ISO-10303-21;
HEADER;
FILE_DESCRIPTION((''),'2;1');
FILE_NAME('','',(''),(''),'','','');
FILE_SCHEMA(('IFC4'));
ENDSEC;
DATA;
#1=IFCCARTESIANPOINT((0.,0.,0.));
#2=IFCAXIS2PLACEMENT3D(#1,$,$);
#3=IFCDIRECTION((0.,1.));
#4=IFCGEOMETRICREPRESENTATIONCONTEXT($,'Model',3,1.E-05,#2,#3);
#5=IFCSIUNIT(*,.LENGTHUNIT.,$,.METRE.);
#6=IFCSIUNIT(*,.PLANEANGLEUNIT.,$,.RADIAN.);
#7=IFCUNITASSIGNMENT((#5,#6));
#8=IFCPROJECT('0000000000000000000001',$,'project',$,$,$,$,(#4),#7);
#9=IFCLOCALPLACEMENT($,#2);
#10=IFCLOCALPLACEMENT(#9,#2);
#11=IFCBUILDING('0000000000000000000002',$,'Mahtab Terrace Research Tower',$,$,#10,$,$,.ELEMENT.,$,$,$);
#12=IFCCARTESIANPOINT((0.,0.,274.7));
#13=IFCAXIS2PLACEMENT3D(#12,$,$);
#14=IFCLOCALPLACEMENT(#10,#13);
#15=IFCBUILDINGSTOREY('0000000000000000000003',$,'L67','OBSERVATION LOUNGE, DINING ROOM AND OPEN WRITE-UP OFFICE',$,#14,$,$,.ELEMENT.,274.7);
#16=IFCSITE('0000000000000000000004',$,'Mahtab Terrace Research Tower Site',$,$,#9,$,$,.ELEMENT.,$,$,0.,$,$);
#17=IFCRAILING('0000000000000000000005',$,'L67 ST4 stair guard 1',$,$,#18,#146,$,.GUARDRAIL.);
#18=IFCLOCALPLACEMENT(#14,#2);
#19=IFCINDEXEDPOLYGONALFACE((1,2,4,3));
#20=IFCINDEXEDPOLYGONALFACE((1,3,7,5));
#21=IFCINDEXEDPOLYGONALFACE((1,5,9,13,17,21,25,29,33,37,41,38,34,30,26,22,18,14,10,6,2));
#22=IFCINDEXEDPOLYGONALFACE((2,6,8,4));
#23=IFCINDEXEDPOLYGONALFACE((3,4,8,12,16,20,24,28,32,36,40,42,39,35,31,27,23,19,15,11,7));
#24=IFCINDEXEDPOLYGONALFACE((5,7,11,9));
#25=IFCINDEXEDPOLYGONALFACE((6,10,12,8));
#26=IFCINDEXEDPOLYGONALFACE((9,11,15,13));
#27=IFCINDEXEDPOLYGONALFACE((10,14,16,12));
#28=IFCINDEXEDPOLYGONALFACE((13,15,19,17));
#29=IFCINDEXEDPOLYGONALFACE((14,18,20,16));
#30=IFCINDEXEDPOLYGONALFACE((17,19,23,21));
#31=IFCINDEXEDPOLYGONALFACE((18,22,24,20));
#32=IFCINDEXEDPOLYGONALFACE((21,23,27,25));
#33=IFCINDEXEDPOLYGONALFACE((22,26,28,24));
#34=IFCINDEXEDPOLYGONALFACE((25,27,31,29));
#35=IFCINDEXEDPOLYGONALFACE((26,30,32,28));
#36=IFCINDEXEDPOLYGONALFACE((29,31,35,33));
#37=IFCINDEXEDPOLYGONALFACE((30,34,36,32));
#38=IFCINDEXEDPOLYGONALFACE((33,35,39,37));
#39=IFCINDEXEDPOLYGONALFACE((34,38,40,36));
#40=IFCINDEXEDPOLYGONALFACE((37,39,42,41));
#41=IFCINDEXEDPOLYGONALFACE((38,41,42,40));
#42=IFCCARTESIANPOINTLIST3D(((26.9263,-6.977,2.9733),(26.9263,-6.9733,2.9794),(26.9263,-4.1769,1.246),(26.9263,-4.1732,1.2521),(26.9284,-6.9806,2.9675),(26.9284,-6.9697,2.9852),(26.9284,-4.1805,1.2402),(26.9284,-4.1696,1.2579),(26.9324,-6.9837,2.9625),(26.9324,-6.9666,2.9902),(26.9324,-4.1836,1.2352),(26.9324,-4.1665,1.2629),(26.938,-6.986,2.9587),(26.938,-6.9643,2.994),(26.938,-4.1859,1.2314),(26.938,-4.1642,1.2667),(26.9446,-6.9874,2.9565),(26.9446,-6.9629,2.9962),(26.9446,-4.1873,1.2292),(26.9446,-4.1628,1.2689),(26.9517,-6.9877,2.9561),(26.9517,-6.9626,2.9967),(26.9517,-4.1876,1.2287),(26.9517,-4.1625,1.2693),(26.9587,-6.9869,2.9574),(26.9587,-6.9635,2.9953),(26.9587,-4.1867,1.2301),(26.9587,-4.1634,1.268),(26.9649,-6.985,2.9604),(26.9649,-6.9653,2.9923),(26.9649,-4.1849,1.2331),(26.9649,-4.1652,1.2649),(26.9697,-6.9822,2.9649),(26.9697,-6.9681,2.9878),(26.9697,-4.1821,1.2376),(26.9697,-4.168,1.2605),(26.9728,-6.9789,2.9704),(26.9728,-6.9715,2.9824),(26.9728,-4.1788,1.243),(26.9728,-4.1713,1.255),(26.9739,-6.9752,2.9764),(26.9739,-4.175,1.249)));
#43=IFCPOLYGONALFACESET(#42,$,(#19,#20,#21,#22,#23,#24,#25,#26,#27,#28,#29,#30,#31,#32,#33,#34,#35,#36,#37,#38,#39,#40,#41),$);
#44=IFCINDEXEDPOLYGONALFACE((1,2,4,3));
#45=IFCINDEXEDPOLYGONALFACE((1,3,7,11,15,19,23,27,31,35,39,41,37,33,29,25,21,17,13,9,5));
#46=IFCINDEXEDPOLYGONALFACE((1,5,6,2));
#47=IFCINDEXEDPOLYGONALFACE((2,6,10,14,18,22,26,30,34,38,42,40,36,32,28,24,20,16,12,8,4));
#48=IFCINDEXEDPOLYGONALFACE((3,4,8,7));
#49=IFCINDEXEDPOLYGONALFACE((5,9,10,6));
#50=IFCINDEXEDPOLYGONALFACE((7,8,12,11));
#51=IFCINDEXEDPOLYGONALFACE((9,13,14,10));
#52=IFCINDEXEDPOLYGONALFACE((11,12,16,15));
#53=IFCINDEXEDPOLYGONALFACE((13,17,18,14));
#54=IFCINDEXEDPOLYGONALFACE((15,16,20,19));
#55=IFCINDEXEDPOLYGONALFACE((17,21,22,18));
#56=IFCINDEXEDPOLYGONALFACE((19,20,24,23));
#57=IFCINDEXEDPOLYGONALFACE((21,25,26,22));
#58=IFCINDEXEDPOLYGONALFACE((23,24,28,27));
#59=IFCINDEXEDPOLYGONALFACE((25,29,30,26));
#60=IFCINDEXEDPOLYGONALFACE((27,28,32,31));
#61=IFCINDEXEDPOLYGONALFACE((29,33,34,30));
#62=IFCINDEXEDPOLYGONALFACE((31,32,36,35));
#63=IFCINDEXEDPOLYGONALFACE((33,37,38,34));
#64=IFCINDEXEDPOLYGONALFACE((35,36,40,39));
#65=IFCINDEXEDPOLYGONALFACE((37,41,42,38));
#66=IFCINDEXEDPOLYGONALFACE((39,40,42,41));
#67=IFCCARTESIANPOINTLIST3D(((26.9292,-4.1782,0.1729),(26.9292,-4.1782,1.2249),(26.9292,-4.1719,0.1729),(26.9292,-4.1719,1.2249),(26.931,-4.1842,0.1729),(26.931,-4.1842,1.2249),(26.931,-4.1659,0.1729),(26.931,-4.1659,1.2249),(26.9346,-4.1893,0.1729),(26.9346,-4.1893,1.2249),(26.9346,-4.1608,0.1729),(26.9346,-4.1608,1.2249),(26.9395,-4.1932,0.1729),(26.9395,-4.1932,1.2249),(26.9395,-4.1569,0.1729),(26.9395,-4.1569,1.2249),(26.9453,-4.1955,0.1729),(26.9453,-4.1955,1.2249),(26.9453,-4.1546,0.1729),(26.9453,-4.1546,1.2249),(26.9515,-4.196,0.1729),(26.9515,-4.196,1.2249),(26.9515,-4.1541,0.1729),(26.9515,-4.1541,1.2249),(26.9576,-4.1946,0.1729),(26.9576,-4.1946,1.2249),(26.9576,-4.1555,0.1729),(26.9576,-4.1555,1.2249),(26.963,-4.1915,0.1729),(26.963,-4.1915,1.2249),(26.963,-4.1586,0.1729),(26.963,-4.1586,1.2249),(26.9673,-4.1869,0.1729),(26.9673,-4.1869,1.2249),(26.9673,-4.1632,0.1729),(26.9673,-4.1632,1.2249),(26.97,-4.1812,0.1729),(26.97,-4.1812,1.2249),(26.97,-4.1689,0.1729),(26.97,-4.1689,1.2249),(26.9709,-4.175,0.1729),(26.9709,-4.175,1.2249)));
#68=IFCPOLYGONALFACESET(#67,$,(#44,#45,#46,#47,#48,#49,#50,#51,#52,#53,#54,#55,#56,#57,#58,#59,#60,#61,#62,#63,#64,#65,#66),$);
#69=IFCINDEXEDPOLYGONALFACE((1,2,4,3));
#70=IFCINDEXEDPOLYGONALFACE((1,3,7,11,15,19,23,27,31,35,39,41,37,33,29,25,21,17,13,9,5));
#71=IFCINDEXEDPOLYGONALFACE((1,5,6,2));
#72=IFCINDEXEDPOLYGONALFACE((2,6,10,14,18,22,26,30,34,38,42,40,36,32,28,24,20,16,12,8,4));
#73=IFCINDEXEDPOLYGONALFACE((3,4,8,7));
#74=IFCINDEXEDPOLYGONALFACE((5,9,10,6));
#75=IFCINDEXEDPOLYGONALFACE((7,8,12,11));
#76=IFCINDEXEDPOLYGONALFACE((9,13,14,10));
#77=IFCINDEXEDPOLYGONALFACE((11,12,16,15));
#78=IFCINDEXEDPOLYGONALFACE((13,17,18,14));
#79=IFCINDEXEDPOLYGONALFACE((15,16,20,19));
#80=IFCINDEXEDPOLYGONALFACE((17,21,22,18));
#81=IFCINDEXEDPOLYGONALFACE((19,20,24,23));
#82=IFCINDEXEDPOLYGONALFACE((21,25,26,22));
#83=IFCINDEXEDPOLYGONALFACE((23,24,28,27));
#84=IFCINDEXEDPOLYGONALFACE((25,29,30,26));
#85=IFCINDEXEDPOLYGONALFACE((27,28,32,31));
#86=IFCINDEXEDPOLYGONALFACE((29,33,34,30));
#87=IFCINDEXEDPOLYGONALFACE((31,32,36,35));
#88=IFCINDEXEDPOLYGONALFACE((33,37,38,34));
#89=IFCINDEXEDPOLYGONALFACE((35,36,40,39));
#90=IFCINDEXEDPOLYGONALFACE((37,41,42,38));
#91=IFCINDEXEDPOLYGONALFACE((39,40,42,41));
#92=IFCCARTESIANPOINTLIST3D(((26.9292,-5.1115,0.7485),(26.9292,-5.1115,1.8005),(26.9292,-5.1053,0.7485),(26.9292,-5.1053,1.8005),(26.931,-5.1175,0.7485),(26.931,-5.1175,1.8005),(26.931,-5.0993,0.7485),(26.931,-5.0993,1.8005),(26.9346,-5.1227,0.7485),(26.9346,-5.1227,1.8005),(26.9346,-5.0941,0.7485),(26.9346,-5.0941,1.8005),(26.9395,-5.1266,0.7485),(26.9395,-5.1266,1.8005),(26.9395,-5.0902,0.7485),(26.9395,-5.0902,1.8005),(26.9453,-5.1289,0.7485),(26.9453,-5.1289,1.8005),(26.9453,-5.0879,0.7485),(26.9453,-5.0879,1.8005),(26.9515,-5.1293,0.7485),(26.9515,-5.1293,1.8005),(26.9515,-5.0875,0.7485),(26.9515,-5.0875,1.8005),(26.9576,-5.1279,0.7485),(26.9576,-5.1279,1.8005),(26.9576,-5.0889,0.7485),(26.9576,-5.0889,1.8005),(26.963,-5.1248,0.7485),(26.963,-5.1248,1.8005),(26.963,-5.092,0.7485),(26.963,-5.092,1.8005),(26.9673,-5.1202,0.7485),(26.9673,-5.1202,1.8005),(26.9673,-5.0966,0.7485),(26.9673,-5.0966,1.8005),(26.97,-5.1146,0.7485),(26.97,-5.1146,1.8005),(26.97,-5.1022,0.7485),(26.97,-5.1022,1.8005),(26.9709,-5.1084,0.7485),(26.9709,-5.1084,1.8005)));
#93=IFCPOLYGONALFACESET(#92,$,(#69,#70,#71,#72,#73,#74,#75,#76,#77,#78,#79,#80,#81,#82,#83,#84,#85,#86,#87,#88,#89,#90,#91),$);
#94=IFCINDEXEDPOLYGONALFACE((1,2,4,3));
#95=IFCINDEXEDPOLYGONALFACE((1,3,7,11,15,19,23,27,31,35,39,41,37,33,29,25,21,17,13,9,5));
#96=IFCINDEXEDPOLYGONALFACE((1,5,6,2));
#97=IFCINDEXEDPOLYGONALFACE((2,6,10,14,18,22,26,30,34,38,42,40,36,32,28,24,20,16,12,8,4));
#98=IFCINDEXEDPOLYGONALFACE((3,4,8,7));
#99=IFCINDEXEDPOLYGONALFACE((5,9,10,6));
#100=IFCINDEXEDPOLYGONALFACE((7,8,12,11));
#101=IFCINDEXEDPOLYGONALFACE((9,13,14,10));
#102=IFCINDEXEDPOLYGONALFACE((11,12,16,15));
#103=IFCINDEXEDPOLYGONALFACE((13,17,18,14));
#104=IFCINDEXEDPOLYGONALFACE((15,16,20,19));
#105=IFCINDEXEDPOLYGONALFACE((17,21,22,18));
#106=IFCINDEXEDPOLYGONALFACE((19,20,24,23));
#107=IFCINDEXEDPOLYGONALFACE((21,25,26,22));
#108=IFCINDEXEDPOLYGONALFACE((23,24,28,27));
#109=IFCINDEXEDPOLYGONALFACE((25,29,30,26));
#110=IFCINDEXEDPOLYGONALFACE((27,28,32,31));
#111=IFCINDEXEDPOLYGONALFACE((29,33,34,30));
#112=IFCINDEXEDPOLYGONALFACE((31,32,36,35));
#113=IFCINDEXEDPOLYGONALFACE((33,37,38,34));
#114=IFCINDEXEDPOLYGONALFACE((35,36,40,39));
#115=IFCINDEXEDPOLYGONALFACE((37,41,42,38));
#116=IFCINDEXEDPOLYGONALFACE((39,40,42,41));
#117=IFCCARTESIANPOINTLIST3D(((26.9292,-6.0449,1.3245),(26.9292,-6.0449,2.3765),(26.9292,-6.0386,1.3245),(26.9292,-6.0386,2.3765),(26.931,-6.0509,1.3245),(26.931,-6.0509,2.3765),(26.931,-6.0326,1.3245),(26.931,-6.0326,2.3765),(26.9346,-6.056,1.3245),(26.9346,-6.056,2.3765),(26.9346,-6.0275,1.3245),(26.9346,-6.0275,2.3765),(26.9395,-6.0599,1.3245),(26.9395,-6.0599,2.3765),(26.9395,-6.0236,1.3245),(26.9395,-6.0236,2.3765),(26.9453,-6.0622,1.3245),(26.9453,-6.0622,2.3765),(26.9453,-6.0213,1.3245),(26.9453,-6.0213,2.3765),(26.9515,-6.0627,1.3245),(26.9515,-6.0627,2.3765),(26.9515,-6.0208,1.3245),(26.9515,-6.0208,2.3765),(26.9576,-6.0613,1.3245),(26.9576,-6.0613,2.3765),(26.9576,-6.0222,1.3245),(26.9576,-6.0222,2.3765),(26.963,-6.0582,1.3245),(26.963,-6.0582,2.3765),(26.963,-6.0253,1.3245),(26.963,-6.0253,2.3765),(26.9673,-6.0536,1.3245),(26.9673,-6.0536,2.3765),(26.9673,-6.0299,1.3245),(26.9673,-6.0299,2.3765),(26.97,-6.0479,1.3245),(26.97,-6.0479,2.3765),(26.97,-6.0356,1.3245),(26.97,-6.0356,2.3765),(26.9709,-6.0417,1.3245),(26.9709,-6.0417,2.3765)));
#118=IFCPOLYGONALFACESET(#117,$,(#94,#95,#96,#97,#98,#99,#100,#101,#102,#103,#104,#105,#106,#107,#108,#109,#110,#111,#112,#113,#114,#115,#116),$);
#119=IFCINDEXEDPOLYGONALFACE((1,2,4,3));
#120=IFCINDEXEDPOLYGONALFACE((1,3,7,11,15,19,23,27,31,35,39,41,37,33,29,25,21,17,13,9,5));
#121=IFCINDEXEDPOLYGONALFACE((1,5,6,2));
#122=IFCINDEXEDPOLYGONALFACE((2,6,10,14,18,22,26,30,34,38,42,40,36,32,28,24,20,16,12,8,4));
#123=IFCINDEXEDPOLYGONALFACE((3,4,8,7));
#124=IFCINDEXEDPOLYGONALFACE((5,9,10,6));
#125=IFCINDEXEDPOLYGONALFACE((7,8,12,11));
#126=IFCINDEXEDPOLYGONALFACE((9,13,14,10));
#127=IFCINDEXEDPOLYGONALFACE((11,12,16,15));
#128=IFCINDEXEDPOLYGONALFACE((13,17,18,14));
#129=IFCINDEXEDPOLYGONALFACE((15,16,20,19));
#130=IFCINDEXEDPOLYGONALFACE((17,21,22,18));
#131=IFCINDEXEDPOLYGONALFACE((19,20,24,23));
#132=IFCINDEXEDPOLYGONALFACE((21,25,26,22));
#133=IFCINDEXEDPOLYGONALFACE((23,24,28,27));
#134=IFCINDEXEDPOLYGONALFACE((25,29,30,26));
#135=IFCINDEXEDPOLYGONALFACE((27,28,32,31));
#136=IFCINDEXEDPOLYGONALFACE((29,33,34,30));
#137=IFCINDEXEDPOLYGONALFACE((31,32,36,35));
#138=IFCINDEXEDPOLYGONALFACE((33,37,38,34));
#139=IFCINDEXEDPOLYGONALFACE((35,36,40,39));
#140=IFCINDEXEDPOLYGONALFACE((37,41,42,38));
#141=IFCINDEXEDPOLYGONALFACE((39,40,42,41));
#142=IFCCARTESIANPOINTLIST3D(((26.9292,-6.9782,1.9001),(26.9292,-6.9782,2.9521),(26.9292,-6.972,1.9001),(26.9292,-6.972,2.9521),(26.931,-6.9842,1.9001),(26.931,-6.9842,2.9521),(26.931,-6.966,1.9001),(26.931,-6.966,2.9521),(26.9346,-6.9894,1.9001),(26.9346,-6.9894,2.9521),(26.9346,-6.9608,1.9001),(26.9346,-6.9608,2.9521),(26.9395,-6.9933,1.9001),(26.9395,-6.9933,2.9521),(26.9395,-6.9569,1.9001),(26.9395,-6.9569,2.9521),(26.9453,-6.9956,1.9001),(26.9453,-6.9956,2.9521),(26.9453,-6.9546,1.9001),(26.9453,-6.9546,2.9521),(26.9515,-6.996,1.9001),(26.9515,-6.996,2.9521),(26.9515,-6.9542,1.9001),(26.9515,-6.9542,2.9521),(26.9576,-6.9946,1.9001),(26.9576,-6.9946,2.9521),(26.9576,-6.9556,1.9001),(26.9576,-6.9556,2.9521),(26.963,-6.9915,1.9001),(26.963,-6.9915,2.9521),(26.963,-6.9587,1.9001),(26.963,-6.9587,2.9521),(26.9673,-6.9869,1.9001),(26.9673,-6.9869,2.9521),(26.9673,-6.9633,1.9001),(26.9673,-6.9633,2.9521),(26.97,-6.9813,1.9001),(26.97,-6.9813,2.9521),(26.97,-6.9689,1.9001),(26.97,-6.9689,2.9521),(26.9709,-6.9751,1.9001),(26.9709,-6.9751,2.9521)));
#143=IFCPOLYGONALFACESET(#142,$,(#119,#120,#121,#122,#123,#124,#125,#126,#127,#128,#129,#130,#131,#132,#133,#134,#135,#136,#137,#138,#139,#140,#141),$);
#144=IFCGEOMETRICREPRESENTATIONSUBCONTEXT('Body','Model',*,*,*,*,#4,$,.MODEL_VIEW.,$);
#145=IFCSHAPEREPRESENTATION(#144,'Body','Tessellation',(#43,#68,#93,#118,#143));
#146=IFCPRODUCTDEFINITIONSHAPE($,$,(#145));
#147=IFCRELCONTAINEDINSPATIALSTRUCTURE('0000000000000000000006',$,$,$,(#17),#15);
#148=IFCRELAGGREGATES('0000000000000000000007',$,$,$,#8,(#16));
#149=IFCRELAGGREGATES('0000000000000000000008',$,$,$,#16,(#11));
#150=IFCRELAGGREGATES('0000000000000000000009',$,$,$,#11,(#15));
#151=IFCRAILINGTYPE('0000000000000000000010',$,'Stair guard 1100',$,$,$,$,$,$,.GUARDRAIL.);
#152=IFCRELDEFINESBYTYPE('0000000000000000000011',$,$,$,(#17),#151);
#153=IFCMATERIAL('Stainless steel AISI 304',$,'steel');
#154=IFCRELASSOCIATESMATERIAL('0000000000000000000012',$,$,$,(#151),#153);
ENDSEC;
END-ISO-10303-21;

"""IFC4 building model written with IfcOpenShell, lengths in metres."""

from ifc_helpers import new_model, si_unit, direction, frame, origin, origin_2d, place, context, subcontext, project, spatial, circle, extrude, material, type_object, element, save


model = new_model("IFC4")

# Units and contexts
model_context = context("Model", 3, precision=1e-05, world=origin(), true_north=direction((0.0, 1.0)))
body_context = subcontext(model_context, "Body", "Model", "MODEL_VIEW")
ifc_project = project(units=[si_unit("LENGTHUNIT", "METRE"), si_unit("PLANEANGLEUNIT", "RADIAN")], contexts=[model_context])

# Site, building, storey
site_placement = place(None, origin())
site = spatial("IfcSite", under=ifc_project, at=site_placement, Name="Mahtab Terrace Research Tower Site", CompositionType="ELEMENT", RefElevation=0.0)
building_placement = place(site_placement, origin())
building = spatial("IfcBuilding", under=site, at=building_placement, Name="Mahtab Terrace Research Tower", CompositionType="ELEMENT")
storey_placement = place(building_placement, frame((0.0, 0.0, 274.7)))
storey = spatial("IfcBuildingStorey", under=building, at=storey_placement, Name="L67", Description="OBSERVATION LOUNGE, DINING ROOM AND OPEN WRITE-UP OFFICE", CompositionType="ELEMENT", Elevation=274.7)

# Shared definitions
ifc_material_1 = material(Name="Stainless steel AISI 304", Category="steel")

# Railing
railing_type_1 = type_object("IfcRailingType", Name="Stair guard 1100", PredefinedType="GUARDRAIL", material=ifc_material_1)
railing_1_placement = place(storey_placement, frame((26.95, -4.175, 0.1729)))
element("IfcRailing", 1, at=railing_1_placement, inside=storey, type_object=railing_type_1, Name="L67 ST4 stair guard 1", PredefinedType="GUARDRAIL", context=body_context, shape_type="SweptSolid", body=[
    extrude(circle(Radius=0.0239, at=origin_2d()), frame((0.0, 0.0, 1.0762), z_axis=(0.0, -0.85109, 0.52502), x_axis=(1.0, 0.0, 0.0)), (0.0, 0.0, 1.0), 3.29),
    extrude(circle(Radius=0.021, at=origin_2d()), origin(), (0.0, 0.0, 1.0), 1.052),
    extrude(circle(Radius=0.021, at=origin_2d()), frame((0.0, -0.9333, 0.5757)), (0.0, 0.0, 1.0), 1.052),
    extrude(circle(Radius=0.021, at=origin_2d()), frame((0.0, -1.8667, 1.1516)), (0.0, 0.0, 1.0), 1.052),
    extrude(circle(Radius=0.021, at=origin_2d()), frame((0.0, -2.8, 1.7273)), (0.0, 0.0, 1.0), 1.052),
])

save(model, "model.ifc")
